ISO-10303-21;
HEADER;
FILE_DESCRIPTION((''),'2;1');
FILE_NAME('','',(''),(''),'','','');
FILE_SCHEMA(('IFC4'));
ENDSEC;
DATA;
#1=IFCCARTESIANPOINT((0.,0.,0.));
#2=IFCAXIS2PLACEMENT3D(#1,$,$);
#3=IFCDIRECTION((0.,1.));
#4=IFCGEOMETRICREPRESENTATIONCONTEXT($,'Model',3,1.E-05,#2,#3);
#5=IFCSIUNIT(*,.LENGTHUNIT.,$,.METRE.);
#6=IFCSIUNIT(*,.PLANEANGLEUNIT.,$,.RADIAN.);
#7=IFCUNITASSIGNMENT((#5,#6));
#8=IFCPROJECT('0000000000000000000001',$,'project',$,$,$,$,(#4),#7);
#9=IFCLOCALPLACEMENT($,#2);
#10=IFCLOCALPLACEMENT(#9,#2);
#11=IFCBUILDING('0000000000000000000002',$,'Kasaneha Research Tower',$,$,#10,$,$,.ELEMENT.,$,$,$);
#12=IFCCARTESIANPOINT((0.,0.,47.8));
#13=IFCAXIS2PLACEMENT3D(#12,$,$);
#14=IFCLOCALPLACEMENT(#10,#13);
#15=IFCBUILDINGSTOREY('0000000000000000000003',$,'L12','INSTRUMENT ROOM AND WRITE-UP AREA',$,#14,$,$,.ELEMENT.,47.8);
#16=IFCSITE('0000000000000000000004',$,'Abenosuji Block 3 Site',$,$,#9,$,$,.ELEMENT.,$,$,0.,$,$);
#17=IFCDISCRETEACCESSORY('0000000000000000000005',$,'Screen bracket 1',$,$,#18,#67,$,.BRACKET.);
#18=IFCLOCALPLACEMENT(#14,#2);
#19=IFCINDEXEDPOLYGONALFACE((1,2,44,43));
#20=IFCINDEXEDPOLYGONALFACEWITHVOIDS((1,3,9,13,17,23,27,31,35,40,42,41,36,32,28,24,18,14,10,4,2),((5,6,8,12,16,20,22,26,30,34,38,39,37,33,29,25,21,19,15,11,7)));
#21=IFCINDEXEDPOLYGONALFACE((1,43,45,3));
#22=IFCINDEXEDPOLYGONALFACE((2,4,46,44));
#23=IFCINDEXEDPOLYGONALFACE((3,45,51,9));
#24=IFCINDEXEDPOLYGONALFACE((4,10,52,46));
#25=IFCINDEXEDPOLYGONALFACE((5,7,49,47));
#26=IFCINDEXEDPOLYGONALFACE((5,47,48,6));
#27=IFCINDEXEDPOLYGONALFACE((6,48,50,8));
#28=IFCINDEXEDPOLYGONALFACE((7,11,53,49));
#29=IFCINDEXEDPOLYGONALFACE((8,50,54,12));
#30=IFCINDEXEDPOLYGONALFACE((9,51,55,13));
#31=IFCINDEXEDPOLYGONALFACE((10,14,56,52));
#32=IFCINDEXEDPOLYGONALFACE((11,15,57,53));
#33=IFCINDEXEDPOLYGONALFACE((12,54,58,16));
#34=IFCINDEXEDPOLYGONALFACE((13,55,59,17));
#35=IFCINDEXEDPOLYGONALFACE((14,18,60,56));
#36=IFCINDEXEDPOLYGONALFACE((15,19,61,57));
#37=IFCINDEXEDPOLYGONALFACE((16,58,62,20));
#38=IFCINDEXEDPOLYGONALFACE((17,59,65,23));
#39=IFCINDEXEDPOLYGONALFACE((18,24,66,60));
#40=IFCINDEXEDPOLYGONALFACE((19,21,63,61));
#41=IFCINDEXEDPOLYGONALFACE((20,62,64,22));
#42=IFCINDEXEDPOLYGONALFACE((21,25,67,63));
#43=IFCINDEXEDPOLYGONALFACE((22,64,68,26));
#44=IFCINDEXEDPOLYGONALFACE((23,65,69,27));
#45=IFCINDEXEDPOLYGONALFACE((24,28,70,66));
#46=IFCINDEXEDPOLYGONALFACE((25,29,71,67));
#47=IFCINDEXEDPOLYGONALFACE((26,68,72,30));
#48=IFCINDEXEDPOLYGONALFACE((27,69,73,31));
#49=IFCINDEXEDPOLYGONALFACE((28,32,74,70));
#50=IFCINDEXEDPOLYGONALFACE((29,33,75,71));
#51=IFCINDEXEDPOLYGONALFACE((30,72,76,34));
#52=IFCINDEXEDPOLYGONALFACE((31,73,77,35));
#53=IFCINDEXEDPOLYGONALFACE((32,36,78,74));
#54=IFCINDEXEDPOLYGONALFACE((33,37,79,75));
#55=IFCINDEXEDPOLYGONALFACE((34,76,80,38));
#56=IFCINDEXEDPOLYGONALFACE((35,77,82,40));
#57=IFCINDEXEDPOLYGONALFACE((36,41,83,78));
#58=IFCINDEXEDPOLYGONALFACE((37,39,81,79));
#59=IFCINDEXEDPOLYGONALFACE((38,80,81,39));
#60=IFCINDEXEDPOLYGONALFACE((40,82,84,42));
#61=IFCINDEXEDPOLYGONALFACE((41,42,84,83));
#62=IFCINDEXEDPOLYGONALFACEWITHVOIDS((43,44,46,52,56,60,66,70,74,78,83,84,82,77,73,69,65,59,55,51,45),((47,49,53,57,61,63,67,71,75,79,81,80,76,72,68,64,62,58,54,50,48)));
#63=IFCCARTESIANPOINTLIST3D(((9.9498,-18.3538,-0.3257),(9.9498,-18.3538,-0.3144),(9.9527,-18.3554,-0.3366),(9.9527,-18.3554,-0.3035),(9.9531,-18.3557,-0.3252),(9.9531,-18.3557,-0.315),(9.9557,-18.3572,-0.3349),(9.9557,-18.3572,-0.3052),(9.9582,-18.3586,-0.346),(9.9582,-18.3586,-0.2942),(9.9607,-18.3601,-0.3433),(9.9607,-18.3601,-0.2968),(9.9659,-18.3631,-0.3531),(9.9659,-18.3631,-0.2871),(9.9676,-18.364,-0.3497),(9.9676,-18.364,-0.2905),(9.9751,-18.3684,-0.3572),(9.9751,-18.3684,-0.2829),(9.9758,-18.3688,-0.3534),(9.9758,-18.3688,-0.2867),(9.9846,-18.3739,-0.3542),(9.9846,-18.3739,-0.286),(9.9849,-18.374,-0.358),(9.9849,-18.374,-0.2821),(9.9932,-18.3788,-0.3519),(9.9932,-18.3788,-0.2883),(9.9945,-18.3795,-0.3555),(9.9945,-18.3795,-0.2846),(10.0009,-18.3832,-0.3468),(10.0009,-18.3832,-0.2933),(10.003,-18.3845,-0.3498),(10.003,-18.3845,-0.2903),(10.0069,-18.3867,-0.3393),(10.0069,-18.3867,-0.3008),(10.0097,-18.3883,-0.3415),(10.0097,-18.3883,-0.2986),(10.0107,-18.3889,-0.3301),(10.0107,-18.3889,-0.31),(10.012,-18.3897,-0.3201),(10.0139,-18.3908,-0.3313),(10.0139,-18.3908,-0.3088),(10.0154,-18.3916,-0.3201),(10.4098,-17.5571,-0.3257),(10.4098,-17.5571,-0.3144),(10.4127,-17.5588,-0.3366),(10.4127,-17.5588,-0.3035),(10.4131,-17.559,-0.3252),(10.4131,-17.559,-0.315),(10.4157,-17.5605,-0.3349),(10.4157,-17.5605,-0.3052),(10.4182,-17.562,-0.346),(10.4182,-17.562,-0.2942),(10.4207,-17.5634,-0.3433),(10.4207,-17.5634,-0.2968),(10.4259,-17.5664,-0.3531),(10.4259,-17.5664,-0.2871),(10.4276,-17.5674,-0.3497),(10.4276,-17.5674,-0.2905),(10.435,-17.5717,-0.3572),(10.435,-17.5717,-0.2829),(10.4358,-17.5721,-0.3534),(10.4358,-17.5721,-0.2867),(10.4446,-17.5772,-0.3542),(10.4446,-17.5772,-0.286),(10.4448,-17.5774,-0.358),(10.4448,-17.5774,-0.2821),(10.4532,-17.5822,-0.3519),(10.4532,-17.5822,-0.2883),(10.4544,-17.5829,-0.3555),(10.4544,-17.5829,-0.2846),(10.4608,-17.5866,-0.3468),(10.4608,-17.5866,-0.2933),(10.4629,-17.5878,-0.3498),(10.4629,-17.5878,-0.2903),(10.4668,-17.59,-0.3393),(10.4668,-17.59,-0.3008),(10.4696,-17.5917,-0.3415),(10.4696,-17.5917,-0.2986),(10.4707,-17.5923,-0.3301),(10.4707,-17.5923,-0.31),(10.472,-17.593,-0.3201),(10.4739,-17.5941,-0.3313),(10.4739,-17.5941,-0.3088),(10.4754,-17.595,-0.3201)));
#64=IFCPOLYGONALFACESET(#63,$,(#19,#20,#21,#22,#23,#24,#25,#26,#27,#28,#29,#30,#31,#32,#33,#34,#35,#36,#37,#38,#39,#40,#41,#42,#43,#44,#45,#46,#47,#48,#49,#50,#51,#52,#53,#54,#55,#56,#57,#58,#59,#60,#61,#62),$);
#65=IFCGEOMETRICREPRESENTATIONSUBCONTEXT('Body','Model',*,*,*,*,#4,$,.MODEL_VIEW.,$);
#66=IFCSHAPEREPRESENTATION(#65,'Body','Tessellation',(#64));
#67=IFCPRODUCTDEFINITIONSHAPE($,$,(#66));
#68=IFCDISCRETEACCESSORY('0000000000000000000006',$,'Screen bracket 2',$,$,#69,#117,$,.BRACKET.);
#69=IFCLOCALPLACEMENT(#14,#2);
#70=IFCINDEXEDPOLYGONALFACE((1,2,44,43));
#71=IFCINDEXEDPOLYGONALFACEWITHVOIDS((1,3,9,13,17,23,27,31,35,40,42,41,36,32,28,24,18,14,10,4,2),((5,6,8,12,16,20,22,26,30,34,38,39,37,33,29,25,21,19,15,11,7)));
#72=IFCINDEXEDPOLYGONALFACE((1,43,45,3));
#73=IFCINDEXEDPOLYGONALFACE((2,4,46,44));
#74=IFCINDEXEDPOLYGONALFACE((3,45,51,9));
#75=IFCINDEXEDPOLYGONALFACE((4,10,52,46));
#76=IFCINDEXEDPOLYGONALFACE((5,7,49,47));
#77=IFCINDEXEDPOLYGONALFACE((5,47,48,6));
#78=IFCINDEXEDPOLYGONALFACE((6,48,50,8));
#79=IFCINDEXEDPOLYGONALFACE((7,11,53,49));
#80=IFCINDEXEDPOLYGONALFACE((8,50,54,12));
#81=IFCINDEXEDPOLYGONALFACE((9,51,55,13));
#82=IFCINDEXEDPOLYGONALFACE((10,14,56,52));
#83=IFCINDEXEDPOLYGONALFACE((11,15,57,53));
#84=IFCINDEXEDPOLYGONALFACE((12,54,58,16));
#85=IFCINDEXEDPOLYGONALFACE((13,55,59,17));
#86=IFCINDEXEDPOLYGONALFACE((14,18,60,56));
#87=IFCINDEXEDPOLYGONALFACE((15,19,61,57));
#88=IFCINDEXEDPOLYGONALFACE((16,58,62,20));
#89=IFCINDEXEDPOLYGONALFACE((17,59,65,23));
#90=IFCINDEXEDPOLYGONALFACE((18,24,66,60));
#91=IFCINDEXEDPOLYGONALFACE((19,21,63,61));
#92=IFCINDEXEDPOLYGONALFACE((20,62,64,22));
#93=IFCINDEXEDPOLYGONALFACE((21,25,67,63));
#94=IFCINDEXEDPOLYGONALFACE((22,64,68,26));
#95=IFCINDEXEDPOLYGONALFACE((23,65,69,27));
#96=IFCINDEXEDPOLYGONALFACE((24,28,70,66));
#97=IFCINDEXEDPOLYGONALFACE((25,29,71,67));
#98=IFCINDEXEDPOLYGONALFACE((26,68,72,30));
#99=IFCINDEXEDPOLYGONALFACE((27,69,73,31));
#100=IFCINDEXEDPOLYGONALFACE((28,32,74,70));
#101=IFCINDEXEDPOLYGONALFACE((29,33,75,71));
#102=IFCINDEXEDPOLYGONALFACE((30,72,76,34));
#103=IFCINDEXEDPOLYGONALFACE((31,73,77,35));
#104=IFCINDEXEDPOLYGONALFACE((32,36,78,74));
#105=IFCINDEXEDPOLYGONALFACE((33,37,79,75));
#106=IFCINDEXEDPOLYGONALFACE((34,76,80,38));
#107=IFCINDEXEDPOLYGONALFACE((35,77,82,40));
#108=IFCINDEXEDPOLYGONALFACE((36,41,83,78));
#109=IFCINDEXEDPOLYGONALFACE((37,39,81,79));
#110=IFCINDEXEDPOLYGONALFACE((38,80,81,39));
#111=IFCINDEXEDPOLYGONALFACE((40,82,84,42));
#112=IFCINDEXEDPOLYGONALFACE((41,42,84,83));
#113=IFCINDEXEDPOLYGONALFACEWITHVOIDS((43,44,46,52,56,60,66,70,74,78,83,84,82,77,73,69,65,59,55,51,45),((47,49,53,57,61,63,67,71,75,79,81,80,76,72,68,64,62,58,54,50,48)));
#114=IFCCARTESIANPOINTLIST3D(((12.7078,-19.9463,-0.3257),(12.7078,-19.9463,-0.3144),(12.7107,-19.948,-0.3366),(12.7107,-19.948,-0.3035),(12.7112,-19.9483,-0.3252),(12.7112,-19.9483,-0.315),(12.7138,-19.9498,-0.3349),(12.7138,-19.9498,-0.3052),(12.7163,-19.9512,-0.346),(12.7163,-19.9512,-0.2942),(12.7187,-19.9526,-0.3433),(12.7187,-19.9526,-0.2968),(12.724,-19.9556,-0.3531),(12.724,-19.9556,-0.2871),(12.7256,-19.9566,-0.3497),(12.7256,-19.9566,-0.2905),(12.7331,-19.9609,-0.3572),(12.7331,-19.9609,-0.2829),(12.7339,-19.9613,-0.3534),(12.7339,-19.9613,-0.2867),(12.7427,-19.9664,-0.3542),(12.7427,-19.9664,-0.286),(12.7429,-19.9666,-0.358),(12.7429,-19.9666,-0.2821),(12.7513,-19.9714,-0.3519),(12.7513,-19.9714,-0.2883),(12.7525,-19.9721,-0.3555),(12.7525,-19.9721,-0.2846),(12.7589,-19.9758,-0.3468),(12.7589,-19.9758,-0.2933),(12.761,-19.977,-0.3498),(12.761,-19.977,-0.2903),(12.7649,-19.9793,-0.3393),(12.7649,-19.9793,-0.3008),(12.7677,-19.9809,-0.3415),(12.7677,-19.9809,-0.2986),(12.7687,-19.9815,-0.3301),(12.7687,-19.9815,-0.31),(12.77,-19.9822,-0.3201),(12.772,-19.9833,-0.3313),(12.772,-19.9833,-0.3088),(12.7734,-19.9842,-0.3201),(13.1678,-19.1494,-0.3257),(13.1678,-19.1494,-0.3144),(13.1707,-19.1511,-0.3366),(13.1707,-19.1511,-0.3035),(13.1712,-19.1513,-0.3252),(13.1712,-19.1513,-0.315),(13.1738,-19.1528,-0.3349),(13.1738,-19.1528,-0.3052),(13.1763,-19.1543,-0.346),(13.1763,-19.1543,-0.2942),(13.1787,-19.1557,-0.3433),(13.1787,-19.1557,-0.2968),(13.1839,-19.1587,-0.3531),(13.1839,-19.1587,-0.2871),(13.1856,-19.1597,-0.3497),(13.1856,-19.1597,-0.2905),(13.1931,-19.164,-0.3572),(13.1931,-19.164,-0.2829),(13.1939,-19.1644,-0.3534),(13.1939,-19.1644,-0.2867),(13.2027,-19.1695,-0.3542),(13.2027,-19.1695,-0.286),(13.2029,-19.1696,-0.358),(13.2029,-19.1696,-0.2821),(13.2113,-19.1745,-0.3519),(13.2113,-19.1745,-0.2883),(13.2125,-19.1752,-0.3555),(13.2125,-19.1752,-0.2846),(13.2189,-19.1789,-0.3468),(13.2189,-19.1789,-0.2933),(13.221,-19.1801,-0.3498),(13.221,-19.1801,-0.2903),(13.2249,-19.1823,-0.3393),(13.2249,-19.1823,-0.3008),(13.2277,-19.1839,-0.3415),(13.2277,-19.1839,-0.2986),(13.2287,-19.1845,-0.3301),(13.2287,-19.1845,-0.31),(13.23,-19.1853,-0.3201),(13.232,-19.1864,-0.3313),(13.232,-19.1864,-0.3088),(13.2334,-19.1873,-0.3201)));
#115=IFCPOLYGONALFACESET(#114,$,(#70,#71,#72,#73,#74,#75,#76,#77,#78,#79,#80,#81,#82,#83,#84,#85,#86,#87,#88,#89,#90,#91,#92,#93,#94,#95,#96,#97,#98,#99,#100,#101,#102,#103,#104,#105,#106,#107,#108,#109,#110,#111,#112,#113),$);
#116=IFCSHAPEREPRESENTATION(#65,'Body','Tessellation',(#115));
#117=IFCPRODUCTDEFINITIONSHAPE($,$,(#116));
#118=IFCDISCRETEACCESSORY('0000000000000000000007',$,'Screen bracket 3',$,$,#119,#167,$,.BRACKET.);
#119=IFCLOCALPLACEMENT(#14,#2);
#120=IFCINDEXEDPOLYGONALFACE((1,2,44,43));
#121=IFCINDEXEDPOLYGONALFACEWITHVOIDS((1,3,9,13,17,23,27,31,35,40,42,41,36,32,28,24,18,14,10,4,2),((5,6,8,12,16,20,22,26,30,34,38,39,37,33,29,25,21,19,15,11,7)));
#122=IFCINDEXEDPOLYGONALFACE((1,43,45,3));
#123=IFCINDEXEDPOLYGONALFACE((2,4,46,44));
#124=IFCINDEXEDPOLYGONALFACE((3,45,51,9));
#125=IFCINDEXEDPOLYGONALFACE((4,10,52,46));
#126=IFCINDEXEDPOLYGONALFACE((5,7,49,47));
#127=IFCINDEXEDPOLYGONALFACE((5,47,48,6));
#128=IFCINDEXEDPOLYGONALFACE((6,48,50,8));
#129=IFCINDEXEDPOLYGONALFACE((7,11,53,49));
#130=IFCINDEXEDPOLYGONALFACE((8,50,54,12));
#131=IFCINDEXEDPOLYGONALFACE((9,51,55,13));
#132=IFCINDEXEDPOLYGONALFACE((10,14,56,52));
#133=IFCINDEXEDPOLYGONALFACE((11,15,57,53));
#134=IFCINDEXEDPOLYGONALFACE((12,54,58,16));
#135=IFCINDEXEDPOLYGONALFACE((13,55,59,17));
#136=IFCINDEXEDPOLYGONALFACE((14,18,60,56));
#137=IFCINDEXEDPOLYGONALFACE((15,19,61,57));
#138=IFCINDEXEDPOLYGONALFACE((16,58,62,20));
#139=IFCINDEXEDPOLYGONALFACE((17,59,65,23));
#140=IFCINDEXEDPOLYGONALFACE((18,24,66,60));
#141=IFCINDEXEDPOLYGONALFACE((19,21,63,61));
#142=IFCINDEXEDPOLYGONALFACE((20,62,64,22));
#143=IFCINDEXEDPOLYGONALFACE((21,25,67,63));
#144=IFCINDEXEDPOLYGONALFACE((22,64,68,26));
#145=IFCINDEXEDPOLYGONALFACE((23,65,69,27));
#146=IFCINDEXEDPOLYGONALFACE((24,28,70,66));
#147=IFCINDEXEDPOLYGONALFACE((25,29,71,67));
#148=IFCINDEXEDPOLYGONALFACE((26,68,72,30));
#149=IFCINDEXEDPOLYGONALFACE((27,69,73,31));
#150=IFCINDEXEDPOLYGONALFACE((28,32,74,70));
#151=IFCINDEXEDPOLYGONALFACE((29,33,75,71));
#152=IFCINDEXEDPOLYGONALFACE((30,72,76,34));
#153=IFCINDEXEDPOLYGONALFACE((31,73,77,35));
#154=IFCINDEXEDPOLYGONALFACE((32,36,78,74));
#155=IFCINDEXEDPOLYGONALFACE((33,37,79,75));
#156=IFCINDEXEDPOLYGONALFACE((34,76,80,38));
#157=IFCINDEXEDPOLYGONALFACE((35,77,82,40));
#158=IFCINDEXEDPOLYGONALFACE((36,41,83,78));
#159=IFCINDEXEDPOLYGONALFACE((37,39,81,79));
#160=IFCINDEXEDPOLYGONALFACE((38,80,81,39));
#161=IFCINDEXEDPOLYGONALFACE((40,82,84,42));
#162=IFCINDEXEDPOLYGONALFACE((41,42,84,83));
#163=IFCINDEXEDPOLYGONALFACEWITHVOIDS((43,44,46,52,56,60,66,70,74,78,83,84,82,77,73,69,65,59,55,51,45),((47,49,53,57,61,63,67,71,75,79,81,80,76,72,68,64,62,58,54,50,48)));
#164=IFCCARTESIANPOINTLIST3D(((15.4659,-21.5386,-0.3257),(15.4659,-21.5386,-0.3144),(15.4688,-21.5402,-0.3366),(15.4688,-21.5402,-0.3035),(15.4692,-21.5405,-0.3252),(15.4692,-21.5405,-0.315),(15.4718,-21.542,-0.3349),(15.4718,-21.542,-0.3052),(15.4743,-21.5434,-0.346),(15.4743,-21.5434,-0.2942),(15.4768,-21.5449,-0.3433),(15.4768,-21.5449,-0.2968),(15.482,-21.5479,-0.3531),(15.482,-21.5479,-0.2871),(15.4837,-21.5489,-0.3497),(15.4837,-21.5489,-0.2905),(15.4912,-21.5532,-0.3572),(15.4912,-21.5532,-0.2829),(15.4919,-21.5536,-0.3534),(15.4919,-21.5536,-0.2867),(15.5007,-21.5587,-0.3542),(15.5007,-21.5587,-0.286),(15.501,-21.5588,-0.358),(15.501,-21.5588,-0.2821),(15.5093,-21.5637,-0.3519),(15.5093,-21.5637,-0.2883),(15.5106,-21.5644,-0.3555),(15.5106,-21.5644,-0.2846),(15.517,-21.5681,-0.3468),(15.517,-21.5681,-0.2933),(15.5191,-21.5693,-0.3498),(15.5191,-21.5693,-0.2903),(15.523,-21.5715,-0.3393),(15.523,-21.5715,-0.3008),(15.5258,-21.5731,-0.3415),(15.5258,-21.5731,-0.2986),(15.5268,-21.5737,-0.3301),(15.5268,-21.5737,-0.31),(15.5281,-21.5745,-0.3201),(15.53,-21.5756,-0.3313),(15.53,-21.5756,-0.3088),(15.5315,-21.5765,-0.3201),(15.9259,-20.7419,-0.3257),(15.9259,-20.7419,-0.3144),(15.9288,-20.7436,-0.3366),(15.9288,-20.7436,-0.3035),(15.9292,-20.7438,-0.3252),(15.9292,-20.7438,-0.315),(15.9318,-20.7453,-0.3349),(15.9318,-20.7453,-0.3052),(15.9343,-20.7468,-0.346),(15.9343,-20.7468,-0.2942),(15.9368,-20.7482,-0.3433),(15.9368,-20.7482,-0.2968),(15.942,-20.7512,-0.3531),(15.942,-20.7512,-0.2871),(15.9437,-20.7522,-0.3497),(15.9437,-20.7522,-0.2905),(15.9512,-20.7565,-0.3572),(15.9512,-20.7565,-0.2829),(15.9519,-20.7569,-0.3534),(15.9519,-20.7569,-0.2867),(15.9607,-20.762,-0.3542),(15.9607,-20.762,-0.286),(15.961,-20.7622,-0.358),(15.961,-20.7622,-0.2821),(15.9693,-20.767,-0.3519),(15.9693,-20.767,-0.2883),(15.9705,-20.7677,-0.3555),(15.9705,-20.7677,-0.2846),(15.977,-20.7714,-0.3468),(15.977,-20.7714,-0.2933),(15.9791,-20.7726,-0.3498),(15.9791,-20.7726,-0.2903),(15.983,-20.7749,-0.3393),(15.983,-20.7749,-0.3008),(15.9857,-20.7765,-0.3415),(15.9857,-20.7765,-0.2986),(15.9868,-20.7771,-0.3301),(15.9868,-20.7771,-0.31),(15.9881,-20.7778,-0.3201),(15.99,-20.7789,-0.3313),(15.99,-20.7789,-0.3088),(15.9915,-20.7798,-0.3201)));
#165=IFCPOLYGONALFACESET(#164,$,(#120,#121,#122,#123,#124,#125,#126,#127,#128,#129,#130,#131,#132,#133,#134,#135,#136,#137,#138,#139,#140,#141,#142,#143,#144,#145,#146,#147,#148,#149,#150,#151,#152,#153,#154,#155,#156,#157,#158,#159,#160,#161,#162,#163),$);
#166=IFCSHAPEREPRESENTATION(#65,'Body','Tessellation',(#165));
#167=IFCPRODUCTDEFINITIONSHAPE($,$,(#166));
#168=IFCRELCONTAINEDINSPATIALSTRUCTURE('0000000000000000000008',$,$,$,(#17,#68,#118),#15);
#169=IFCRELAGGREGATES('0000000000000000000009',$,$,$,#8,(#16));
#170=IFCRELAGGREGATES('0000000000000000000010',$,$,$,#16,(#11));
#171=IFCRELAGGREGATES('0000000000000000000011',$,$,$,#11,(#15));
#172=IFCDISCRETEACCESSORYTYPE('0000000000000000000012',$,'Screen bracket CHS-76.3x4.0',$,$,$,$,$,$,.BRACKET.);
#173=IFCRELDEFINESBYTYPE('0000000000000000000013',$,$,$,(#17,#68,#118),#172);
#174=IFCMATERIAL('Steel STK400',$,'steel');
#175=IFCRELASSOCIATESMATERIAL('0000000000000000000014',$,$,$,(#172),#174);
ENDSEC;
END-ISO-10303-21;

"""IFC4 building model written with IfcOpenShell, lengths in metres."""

from ifc_helpers import new_model, si_unit, direction, frame, origin, origin_2d, place, context, subcontext, project, spatial, hollow_circle, extrude, material, material_profile, profile_set, type_object, element, save


model = new_model("IFC4")

# Units and contexts
model_context = context("Model", 3, precision=1e-05, world=origin(), true_north=direction((0.0, 1.0)))
body_context = subcontext(model_context, "Body", "Model", "MODEL_VIEW")
ifc_project = project(units=[si_unit("LENGTHUNIT", "METRE"), si_unit("PLANEANGLEUNIT", "RADIAN")], contexts=[model_context])

# Site, building, storey
site_placement = place(None, origin())
site = spatial("IfcSite", under=ifc_project, at=site_placement, Name="Abenosuji Block 3 Site", CompositionType="ELEMENT", RefElevation=0.0)
building_placement = place(site_placement, origin())
building = spatial("IfcBuilding", under=site, at=building_placement, Name="Kasaneha Research Tower", CompositionType="ELEMENT")
storey_placement = place(building_placement, frame((0.0, 0.0, 47.8)))
storey = spatial("IfcBuildingStorey", under=building, at=storey_placement, Name="L12", Description="INSTRUMENT ROOM AND WRITE-UP AREA", CompositionType="ELEMENT", Elevation=47.8)

# Discrete accessories
ifc_material_1 = material(Name="Steel STK400", Category="steel")
ifc_material_profile_1 = material_profile(ifc_material_1, hollow_circle(Radius=0.0381, WallThickness=0.0039, at=origin_2d()), Name="CHS-76.3x4.0")
ifc_profile_set_1 = profile_set([ifc_material_profile_1], Name="Steel STK400")
discrete_accessory_type = type_object("IfcDiscreteAccessoryType", Name="Screen bracket CHS-76.3x4.0", PredefinedType="BRACKET", material=ifc_profile_set_1)
for number, where, z_axis, x_axis, name in (
    (1, (10.4424, -17.5759, -0.3201), (-0.500021, -0.866013, 0.0), (0.866013, -0.500021, 0.0), "Screen bracket 1"),
):
    element("IfcDiscreteAccessory", number, at=place(storey_placement, frame(where, z_axis=z_axis, x_axis=x_axis)), inside=storey, type_object=discrete_accessory_type, Name=name, PredefinedType="BRACKET", context=body_context, shape_type="SweptSolid", body=[
        extrude(hollow_circle(Radius=0.0381, WallThickness=0.0039, at=origin_2d()), origin(), (0.0, 0.0, 1.0), 0.9199),
    ])
discrete_accessory_1_placement = place(storey_placement, frame((13.2004, -19.1682, -0.3201), z_axis=(-0.499906, -0.86608, 0.0), x_axis=(0.86608, -0.499906, 0.0)))
element("IfcDiscreteAccessory", 2, at=discrete_accessory_1_placement, inside=storey, type_object=discrete_accessory_type, Name="Screen bracket 2", PredefinedType="BRACKET", context=body_context, shape_type="SweptSolid", body=[
    extrude(hollow_circle(Radius=0.0381, WallThickness=0.0039, at=origin_2d()), origin(), (0.0, 0.0, 1.0), 0.9202),
])
discrete_accessory_2_placement = place(storey_placement, frame((15.9585, -20.7607, -0.3201), z_axis=(-0.500021, -0.866013, 0.0), x_axis=(0.866013, -0.500021, 0.0)))
element("IfcDiscreteAccessory", 3, at=discrete_accessory_2_placement, inside=storey, type_object=discrete_accessory_type, Name="Screen bracket 3", PredefinedType="BRACKET", context=body_context, shape_type="SweptSolid", body=[
    extrude(hollow_circle(Radius=0.0381, WallThickness=0.0039, at=origin_2d()), origin(), (0.0, 0.0, 1.0), 0.9199),
])

save(model, "model.ifc")
